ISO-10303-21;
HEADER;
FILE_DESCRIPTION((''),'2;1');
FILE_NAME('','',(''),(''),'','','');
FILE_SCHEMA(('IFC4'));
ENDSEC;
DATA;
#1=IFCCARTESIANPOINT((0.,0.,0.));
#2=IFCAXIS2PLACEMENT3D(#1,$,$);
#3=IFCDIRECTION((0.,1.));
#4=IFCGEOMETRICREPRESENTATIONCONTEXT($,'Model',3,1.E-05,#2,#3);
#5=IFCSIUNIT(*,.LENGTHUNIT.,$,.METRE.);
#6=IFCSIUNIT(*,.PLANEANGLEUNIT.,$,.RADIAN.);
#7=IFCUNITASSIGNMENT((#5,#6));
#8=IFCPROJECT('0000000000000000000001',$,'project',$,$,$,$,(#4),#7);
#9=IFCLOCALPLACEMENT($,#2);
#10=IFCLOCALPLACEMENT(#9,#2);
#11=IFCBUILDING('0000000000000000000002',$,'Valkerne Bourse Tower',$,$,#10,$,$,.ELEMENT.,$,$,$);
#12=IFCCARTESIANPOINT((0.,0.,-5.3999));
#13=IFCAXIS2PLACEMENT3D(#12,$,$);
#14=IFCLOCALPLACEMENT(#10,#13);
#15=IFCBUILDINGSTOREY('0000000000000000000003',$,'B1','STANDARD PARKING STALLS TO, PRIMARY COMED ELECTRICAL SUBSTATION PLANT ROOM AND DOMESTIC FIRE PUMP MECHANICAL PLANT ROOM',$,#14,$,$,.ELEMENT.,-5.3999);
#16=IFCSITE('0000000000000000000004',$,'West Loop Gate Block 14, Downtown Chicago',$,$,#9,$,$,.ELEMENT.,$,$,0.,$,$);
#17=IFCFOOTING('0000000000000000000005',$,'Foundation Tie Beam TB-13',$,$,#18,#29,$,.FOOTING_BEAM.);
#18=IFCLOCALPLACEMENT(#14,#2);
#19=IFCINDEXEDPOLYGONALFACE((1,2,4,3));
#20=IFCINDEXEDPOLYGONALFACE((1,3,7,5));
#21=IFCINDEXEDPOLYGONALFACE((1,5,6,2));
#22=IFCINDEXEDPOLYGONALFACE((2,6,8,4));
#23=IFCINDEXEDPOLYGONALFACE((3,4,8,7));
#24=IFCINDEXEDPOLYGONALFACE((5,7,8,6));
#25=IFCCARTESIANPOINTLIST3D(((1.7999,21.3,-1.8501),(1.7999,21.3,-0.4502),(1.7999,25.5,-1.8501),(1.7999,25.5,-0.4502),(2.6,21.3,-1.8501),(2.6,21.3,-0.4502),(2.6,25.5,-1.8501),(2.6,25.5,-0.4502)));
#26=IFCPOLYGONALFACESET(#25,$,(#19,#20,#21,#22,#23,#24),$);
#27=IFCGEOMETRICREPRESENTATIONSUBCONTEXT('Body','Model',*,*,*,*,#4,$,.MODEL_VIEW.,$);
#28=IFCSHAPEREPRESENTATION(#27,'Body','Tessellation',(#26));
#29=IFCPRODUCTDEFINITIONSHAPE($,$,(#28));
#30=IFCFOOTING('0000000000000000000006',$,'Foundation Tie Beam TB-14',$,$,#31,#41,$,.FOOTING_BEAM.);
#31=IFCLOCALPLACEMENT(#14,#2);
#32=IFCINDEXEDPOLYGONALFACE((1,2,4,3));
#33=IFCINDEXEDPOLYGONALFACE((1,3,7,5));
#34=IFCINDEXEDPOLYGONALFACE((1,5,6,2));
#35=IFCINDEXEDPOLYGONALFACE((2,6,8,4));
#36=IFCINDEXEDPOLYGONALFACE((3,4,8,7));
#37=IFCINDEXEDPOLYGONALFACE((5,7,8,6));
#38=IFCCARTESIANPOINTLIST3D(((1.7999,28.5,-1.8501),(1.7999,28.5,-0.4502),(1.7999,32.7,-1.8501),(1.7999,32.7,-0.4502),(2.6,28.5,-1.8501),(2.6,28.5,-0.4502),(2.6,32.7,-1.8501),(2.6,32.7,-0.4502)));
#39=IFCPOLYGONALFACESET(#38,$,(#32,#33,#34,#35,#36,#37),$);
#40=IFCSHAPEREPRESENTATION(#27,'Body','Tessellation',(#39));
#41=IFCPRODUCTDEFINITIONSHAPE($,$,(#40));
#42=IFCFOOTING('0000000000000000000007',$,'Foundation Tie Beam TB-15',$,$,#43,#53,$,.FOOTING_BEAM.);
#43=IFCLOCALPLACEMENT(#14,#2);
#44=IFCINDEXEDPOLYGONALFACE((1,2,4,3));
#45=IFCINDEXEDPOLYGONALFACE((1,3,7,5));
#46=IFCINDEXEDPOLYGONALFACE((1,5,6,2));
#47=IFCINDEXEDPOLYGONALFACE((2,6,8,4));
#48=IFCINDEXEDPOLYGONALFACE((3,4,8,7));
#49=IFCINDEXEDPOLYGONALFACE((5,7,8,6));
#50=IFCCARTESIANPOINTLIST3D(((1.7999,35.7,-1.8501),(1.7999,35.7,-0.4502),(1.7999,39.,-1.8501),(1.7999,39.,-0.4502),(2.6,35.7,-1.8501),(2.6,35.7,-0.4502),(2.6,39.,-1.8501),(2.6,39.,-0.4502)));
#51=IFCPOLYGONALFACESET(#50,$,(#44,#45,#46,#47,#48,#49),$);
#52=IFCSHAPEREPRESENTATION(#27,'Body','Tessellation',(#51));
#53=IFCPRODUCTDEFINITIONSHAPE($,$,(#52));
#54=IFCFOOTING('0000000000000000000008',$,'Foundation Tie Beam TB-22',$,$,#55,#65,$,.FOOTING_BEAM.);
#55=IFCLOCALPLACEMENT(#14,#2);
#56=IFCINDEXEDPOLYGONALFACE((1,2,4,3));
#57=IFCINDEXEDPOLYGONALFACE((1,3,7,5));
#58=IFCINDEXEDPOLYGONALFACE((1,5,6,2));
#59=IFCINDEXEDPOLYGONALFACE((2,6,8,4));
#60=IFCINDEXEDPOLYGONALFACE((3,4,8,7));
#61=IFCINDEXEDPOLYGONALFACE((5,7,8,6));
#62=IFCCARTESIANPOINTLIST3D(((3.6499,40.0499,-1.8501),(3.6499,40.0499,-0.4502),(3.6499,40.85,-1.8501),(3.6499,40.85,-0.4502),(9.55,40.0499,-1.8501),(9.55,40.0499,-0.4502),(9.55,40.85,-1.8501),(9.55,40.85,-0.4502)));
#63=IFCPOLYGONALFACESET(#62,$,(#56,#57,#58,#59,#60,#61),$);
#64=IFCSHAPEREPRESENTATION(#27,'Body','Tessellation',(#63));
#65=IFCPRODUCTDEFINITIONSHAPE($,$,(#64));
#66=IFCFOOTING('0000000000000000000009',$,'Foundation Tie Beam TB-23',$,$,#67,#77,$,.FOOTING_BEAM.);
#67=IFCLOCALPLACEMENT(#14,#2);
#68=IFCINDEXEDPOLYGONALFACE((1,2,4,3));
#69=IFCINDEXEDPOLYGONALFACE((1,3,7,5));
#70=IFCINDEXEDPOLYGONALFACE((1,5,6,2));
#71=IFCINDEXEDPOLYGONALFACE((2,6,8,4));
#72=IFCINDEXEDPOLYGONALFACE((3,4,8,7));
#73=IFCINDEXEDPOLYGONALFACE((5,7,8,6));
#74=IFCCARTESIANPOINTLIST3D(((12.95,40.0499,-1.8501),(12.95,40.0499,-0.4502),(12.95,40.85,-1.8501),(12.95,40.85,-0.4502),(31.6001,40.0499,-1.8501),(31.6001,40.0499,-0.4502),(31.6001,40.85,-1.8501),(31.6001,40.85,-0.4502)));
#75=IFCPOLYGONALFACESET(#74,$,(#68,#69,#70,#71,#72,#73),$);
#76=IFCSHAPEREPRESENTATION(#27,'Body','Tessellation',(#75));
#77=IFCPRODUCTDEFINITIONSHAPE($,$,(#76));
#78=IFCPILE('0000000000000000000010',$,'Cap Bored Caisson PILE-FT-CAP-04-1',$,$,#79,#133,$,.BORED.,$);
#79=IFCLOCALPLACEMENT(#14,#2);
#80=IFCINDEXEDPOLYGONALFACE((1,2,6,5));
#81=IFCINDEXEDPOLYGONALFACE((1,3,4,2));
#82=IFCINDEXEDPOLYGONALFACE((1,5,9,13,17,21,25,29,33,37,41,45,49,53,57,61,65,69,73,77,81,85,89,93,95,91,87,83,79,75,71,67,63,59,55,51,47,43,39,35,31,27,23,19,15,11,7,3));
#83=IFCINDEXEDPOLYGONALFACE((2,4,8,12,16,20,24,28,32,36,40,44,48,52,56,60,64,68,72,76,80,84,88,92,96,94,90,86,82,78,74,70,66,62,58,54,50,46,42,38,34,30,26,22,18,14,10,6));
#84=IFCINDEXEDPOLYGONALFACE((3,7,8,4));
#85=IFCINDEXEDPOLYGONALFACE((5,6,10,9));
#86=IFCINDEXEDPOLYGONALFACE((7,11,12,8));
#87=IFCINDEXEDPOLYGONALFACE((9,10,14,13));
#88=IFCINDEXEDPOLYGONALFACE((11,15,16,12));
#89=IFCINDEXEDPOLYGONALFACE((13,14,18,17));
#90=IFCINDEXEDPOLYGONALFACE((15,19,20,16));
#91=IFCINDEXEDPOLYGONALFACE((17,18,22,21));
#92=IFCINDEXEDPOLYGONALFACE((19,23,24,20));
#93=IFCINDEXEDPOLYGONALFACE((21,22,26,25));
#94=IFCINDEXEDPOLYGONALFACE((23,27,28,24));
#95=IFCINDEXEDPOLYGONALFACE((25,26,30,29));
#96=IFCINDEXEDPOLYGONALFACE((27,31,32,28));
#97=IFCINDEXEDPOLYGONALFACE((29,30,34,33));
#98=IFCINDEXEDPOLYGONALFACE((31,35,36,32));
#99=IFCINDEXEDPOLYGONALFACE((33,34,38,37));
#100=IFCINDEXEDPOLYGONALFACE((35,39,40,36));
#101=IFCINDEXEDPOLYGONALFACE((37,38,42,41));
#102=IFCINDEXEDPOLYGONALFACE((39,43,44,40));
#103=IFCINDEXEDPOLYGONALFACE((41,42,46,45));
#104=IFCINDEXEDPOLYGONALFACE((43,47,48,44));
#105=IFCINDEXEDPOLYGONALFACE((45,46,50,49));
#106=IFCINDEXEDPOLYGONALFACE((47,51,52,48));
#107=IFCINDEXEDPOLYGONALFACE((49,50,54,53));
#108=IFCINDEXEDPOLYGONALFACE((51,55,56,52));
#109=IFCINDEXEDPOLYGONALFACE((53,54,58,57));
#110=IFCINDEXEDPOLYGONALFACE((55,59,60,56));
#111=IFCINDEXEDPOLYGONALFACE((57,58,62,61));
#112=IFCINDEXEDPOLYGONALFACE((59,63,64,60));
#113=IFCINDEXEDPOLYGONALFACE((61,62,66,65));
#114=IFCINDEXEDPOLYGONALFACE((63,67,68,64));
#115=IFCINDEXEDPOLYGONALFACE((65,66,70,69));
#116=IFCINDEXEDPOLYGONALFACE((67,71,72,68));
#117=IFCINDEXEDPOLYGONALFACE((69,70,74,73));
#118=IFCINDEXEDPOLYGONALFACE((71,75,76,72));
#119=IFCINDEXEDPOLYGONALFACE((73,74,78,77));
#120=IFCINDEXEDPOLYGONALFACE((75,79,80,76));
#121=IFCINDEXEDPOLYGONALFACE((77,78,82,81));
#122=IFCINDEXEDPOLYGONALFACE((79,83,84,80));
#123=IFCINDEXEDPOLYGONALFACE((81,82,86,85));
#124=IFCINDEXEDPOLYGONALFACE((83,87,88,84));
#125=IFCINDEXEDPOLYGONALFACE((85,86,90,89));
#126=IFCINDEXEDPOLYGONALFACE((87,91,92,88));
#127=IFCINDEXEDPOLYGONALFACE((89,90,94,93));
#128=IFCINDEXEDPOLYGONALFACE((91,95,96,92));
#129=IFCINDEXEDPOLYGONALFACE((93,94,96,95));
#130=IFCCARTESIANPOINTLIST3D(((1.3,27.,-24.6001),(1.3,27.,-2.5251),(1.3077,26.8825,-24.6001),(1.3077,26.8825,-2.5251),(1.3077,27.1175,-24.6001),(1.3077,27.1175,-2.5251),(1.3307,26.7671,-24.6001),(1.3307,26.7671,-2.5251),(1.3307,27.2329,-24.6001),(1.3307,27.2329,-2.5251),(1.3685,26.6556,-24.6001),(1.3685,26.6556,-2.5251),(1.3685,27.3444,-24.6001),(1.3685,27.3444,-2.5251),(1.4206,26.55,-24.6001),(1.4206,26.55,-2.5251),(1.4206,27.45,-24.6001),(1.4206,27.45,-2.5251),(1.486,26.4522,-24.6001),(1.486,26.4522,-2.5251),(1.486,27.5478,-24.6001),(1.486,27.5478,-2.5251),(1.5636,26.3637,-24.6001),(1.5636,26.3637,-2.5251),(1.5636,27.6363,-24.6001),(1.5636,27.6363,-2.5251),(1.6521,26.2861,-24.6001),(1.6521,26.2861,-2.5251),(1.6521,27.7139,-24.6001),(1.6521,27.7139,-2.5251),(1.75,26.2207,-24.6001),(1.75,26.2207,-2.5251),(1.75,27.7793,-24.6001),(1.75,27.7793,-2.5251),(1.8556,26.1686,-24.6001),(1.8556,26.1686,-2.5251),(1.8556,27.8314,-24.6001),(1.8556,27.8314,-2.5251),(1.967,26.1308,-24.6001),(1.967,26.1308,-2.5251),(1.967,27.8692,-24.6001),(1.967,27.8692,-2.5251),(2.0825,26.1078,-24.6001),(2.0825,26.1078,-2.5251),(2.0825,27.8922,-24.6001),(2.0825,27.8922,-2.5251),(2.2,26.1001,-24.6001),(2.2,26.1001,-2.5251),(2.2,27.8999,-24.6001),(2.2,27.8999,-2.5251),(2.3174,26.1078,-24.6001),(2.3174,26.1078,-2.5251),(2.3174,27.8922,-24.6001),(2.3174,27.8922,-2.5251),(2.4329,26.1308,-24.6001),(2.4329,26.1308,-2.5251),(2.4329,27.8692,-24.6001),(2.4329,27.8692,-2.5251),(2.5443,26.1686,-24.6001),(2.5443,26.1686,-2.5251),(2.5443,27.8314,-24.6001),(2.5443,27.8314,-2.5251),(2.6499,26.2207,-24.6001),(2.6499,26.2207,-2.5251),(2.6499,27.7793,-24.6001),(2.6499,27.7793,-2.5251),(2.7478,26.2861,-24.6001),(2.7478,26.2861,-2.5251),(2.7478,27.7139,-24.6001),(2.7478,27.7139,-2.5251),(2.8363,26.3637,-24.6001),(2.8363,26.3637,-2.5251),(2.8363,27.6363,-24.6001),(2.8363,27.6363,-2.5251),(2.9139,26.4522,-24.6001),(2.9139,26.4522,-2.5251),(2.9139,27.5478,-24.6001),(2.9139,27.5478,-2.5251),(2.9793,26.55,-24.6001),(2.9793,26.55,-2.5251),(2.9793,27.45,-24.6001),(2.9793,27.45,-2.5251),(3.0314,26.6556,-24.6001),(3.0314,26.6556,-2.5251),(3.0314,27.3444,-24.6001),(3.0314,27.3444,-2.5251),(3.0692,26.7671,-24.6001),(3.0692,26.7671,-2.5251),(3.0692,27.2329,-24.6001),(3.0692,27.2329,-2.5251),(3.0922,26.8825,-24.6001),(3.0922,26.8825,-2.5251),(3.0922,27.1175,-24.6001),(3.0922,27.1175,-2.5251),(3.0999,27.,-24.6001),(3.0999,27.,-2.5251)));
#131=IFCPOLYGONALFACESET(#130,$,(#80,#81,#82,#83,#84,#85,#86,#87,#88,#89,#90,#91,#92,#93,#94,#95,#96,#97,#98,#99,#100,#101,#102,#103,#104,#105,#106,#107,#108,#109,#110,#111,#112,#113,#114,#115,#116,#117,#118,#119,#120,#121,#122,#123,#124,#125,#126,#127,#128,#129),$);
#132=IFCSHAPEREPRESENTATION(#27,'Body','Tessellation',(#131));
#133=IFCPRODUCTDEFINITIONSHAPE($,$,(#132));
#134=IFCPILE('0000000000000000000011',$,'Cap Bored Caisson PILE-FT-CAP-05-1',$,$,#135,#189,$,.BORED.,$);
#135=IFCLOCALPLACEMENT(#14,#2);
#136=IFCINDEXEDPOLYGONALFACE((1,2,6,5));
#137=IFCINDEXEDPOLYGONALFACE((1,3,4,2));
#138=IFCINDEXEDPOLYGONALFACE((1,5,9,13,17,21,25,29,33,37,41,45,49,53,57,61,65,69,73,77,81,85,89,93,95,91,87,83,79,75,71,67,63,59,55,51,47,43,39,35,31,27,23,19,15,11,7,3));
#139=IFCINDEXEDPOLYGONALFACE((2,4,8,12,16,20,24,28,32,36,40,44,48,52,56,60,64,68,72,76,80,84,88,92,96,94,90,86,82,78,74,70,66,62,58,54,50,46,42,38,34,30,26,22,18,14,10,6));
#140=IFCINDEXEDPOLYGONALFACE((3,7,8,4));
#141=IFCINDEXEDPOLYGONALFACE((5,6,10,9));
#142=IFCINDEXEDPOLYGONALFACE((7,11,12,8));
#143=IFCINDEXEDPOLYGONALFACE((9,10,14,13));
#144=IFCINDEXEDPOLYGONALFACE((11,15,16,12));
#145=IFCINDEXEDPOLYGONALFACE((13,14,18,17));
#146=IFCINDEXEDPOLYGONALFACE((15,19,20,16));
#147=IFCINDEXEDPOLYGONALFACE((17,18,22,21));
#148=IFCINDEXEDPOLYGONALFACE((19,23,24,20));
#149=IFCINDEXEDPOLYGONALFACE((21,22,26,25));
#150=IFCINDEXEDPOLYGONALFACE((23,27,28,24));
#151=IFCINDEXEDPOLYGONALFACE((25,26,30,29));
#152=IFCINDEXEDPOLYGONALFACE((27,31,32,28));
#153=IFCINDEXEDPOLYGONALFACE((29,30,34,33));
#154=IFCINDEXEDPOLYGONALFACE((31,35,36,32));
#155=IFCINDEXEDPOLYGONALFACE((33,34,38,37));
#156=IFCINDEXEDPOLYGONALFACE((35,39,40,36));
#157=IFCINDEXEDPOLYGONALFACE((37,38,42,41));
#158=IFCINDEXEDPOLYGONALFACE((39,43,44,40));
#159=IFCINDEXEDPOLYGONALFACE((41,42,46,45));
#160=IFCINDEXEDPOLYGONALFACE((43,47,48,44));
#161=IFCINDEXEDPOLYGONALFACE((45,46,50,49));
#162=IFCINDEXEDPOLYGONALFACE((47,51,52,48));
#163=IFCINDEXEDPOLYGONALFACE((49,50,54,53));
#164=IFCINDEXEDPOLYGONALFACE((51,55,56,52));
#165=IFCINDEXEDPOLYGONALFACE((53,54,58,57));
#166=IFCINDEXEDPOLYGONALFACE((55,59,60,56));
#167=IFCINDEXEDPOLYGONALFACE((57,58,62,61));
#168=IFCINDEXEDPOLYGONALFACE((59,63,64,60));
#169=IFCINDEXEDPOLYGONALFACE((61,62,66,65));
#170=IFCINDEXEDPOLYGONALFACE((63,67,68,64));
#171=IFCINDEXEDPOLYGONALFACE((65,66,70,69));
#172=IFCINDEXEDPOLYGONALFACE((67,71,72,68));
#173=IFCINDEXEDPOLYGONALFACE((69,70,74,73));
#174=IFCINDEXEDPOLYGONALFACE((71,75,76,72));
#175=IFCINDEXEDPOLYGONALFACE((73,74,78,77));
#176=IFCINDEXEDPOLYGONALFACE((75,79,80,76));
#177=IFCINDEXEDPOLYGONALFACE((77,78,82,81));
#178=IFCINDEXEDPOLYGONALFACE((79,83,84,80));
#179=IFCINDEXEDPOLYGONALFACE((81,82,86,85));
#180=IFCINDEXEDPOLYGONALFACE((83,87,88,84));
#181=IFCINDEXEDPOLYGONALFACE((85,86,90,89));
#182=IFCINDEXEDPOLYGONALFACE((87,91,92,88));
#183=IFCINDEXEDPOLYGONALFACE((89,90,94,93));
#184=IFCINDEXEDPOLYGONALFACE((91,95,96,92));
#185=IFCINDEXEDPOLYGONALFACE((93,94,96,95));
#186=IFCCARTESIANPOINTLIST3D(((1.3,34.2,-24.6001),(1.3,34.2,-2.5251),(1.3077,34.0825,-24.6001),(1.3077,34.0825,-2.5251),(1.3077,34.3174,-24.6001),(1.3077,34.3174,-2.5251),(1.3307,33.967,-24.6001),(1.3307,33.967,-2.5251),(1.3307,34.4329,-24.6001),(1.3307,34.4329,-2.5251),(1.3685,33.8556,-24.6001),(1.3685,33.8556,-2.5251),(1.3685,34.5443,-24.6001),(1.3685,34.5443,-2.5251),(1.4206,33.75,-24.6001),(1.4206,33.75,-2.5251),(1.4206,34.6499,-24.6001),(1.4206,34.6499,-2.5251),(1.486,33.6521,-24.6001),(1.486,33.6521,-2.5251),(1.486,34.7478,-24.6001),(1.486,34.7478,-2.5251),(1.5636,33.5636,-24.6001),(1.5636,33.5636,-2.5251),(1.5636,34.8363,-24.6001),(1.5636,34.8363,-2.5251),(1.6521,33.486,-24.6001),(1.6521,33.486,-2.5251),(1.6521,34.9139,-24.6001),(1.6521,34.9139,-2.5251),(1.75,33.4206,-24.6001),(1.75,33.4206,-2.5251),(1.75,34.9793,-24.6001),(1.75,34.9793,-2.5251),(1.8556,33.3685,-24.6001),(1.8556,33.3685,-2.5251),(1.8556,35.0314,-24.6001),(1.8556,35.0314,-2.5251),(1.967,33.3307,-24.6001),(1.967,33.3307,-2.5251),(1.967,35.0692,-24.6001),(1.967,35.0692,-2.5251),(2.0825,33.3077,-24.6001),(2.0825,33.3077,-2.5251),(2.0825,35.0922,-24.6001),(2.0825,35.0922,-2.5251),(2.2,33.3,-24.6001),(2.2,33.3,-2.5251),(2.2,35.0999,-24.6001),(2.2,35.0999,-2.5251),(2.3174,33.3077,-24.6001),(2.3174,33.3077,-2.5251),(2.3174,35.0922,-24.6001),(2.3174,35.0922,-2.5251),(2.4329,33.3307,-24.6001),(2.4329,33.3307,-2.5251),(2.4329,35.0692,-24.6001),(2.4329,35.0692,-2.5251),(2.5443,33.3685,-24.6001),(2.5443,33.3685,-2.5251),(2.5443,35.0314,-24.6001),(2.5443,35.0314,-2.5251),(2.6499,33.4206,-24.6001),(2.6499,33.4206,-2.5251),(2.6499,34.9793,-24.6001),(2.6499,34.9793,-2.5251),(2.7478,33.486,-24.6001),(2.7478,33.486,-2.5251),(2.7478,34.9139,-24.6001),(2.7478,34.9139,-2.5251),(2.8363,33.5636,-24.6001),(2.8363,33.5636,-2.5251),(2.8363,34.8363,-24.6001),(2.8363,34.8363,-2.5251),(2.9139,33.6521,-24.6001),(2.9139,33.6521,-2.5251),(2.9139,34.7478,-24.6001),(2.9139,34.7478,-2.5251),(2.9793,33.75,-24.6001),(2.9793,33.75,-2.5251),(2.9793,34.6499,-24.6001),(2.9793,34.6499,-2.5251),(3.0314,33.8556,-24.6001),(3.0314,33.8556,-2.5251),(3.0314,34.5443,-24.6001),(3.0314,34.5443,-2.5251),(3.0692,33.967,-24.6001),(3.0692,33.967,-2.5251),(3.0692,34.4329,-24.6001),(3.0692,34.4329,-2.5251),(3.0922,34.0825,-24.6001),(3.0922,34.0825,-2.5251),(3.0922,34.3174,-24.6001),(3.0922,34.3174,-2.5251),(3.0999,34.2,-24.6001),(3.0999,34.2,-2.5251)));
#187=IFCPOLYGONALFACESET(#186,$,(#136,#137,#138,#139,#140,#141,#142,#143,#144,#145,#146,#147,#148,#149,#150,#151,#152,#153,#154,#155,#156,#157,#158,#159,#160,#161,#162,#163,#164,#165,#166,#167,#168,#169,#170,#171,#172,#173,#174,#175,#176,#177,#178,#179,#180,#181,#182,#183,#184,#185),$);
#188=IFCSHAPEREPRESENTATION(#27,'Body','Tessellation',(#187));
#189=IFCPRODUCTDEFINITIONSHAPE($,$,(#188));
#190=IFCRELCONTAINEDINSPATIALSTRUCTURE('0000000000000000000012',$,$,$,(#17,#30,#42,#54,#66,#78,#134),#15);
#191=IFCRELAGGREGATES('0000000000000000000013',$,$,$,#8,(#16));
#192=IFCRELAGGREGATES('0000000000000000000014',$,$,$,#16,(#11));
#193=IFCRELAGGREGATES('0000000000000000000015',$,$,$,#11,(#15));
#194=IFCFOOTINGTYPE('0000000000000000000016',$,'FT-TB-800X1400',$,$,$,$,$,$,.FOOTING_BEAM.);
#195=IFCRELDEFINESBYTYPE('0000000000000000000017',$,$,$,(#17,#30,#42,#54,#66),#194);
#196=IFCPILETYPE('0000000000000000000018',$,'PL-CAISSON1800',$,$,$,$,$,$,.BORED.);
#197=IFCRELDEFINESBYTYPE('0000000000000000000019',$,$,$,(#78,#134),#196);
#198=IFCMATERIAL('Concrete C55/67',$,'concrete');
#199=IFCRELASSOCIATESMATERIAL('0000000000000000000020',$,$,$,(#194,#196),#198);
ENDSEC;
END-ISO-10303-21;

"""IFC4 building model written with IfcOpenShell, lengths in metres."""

from ifc_helpers import new_model, si_unit, direction, frame, origin, origin_2d, place, context, subcontext, project, spatial, rectangle, circle, extrude, material, material_profile, profile_set, type_object, element, save


model = new_model("IFC4")

# Units and contexts
model_context = context("Model", 3, precision=1e-05, world=origin(), true_north=direction((0.0, 1.0)))
body_context = subcontext(model_context, "Body", "Model", "MODEL_VIEW")
ifc_project = project(units=[si_unit("LENGTHUNIT", "METRE"), si_unit("PLANEANGLEUNIT", "RADIAN")], contexts=[model_context])

# Site, building, storey
site_placement = place(None, origin())
site = spatial("IfcSite", under=ifc_project, at=site_placement, Name="West Loop Gate Block 14, Downtown Chicago", CompositionType="ELEMENT", RefElevation=0.0)
building_placement = place(site_placement, origin())
building = spatial("IfcBuilding", under=site, at=building_placement, Name="Valkerne Bourse Tower", CompositionType="ELEMENT")
storey_placement = place(building_placement, frame((0.0, 0.0, -5.3999)))
storey = spatial("IfcBuildingStorey", under=building, at=storey_placement, Name="B1", Description="STANDARD PARKING STALLS TO, PRIMARY COMED ELECTRICAL SUBSTATION PLANT ROOM AND DOMESTIC FIRE PUMP MECHANICAL PLANT ROOM", CompositionType="ELEMENT", Elevation=-5.3999)

# Footings
ifc_material_1 = material(Name="Concrete C55/67", Category="concrete")
ifc_material_profile_1 = material_profile(ifc_material_1, rectangle(XDim=0.8, YDim=1.3999, at=origin_2d()), Name="RC800X1400")
ifc_profile_set_1 = profile_set([ifc_material_profile_1], Name="Concrete C55/67")
footing_type = type_object("IfcFootingType", Name="FT-TB-800X1400", PredefinedType="FOOTING_BEAM", material=ifc_profile_set_1)
for number, where, z_axis, x_axis, name in (
    (1, (2.2, 21.3, -1.1501), (0.0, 1.0, 0.0), (-1.0, 0.0, 0.0), "Foundation Tie Beam TB-13"),
    (2, (2.2, 28.5, -1.1501), (0.0, 1.0, 0.0), (-1.0, 0.0, 0.0), "Foundation Tie Beam TB-14"),
):
    element("IfcFooting", number, at=place(storey_placement, frame(where, z_axis=z_axis, x_axis=x_axis)), inside=storey, type_object=footing_type, Name=name, PredefinedType="FOOTING_BEAM", context=body_context, shape_type="SweptSolid", body=[
        extrude(rectangle(XDim=0.8, YDim=1.3999, at=origin_2d()), origin(), (0.0, 0.0, 1.0), 4.2),
    ])
footing_1_placement = place(storey_placement, frame((2.2, 35.7, -1.1501), z_axis=(0.0, 1.0, 0.0), x_axis=(-1.0, 0.0, 0.0)))
element("IfcFooting", 3, at=footing_1_placement, inside=storey, type_object=footing_type, Name="Foundation Tie Beam TB-15", PredefinedType="FOOTING_BEAM", context=body_context, shape_type="SweptSolid", body=[
    extrude(rectangle(XDim=0.8, YDim=1.3999, at=origin_2d()), origin(), (0.0, 0.0, 1.0), 3.3),
])
footing_2_placement = place(storey_placement, frame((3.6499, 40.45, -1.1501), z_axis=(1.0, 0.0, 0.0), x_axis=(0.0, 1.0, 0.0)))
element("IfcFooting", 4, at=footing_2_placement, inside=storey, type_object=footing_type, Name="Foundation Tie Beam TB-22", PredefinedType="FOOTING_BEAM", context=body_context, shape_type="SweptSolid", body=[
    extrude(rectangle(XDim=0.8, YDim=1.3999, at=origin_2d()), origin(), (0.0, 0.0, 1.0), 5.9001),
])
footing_3_placement = place(storey_placement, frame((12.95, 40.45, -1.1501), z_axis=(1.0, 0.0, 0.0), x_axis=(0.0, 1.0, 0.0)))
element("IfcFooting", 5, at=footing_3_placement, inside=storey, type_object=footing_type, Name="Foundation Tie Beam TB-23", PredefinedType="FOOTING_BEAM", context=body_context, shape_type="SweptSolid", body=[
    extrude(rectangle(XDim=0.8, YDim=1.3999, at=origin_2d()), origin(), (0.0, 0.0, 1.0), 18.6501),
])

# Piles
ifc_material_profile_2 = material_profile(ifc_material_1, circle(Radius=0.8999, at=origin_2d()), Name="CAISSON1800")
ifc_profile_set_2 = profile_set([ifc_material_profile_2], Name="Concrete C55/67")
pile_type = type_object("IfcPileType", Name="PL-CAISSON1800", PredefinedType="BORED", material=ifc_profile_set_2)
for number, where, z_axis, x_axis, name in (
    (6, (2.2, 27.0, -2.5251), (0.0, 0.0, -1.0), (1.0, 0.0, 0.0), "Cap Bored Caisson PILE-FT-CAP-04-1"),
    (7, (2.2, 34.2, -2.5251), (0.0, 0.0, -1.0), (1.0, 0.0, 0.0), "Cap Bored Caisson PILE-FT-CAP-05-1"),
):
    element("IfcPile", number, at=place(storey_placement, frame(where, z_axis=z_axis, x_axis=x_axis)), inside=storey, type_object=pile_type, Name=name, PredefinedType="BORED", context=body_context, shape_type="SweptSolid", body=[
        extrude(circle(Radius=0.8999, at=origin_2d()), origin(), (0.0, 0.0, 1.0), 22.075),
    ])

save(model, "model.ifc")
